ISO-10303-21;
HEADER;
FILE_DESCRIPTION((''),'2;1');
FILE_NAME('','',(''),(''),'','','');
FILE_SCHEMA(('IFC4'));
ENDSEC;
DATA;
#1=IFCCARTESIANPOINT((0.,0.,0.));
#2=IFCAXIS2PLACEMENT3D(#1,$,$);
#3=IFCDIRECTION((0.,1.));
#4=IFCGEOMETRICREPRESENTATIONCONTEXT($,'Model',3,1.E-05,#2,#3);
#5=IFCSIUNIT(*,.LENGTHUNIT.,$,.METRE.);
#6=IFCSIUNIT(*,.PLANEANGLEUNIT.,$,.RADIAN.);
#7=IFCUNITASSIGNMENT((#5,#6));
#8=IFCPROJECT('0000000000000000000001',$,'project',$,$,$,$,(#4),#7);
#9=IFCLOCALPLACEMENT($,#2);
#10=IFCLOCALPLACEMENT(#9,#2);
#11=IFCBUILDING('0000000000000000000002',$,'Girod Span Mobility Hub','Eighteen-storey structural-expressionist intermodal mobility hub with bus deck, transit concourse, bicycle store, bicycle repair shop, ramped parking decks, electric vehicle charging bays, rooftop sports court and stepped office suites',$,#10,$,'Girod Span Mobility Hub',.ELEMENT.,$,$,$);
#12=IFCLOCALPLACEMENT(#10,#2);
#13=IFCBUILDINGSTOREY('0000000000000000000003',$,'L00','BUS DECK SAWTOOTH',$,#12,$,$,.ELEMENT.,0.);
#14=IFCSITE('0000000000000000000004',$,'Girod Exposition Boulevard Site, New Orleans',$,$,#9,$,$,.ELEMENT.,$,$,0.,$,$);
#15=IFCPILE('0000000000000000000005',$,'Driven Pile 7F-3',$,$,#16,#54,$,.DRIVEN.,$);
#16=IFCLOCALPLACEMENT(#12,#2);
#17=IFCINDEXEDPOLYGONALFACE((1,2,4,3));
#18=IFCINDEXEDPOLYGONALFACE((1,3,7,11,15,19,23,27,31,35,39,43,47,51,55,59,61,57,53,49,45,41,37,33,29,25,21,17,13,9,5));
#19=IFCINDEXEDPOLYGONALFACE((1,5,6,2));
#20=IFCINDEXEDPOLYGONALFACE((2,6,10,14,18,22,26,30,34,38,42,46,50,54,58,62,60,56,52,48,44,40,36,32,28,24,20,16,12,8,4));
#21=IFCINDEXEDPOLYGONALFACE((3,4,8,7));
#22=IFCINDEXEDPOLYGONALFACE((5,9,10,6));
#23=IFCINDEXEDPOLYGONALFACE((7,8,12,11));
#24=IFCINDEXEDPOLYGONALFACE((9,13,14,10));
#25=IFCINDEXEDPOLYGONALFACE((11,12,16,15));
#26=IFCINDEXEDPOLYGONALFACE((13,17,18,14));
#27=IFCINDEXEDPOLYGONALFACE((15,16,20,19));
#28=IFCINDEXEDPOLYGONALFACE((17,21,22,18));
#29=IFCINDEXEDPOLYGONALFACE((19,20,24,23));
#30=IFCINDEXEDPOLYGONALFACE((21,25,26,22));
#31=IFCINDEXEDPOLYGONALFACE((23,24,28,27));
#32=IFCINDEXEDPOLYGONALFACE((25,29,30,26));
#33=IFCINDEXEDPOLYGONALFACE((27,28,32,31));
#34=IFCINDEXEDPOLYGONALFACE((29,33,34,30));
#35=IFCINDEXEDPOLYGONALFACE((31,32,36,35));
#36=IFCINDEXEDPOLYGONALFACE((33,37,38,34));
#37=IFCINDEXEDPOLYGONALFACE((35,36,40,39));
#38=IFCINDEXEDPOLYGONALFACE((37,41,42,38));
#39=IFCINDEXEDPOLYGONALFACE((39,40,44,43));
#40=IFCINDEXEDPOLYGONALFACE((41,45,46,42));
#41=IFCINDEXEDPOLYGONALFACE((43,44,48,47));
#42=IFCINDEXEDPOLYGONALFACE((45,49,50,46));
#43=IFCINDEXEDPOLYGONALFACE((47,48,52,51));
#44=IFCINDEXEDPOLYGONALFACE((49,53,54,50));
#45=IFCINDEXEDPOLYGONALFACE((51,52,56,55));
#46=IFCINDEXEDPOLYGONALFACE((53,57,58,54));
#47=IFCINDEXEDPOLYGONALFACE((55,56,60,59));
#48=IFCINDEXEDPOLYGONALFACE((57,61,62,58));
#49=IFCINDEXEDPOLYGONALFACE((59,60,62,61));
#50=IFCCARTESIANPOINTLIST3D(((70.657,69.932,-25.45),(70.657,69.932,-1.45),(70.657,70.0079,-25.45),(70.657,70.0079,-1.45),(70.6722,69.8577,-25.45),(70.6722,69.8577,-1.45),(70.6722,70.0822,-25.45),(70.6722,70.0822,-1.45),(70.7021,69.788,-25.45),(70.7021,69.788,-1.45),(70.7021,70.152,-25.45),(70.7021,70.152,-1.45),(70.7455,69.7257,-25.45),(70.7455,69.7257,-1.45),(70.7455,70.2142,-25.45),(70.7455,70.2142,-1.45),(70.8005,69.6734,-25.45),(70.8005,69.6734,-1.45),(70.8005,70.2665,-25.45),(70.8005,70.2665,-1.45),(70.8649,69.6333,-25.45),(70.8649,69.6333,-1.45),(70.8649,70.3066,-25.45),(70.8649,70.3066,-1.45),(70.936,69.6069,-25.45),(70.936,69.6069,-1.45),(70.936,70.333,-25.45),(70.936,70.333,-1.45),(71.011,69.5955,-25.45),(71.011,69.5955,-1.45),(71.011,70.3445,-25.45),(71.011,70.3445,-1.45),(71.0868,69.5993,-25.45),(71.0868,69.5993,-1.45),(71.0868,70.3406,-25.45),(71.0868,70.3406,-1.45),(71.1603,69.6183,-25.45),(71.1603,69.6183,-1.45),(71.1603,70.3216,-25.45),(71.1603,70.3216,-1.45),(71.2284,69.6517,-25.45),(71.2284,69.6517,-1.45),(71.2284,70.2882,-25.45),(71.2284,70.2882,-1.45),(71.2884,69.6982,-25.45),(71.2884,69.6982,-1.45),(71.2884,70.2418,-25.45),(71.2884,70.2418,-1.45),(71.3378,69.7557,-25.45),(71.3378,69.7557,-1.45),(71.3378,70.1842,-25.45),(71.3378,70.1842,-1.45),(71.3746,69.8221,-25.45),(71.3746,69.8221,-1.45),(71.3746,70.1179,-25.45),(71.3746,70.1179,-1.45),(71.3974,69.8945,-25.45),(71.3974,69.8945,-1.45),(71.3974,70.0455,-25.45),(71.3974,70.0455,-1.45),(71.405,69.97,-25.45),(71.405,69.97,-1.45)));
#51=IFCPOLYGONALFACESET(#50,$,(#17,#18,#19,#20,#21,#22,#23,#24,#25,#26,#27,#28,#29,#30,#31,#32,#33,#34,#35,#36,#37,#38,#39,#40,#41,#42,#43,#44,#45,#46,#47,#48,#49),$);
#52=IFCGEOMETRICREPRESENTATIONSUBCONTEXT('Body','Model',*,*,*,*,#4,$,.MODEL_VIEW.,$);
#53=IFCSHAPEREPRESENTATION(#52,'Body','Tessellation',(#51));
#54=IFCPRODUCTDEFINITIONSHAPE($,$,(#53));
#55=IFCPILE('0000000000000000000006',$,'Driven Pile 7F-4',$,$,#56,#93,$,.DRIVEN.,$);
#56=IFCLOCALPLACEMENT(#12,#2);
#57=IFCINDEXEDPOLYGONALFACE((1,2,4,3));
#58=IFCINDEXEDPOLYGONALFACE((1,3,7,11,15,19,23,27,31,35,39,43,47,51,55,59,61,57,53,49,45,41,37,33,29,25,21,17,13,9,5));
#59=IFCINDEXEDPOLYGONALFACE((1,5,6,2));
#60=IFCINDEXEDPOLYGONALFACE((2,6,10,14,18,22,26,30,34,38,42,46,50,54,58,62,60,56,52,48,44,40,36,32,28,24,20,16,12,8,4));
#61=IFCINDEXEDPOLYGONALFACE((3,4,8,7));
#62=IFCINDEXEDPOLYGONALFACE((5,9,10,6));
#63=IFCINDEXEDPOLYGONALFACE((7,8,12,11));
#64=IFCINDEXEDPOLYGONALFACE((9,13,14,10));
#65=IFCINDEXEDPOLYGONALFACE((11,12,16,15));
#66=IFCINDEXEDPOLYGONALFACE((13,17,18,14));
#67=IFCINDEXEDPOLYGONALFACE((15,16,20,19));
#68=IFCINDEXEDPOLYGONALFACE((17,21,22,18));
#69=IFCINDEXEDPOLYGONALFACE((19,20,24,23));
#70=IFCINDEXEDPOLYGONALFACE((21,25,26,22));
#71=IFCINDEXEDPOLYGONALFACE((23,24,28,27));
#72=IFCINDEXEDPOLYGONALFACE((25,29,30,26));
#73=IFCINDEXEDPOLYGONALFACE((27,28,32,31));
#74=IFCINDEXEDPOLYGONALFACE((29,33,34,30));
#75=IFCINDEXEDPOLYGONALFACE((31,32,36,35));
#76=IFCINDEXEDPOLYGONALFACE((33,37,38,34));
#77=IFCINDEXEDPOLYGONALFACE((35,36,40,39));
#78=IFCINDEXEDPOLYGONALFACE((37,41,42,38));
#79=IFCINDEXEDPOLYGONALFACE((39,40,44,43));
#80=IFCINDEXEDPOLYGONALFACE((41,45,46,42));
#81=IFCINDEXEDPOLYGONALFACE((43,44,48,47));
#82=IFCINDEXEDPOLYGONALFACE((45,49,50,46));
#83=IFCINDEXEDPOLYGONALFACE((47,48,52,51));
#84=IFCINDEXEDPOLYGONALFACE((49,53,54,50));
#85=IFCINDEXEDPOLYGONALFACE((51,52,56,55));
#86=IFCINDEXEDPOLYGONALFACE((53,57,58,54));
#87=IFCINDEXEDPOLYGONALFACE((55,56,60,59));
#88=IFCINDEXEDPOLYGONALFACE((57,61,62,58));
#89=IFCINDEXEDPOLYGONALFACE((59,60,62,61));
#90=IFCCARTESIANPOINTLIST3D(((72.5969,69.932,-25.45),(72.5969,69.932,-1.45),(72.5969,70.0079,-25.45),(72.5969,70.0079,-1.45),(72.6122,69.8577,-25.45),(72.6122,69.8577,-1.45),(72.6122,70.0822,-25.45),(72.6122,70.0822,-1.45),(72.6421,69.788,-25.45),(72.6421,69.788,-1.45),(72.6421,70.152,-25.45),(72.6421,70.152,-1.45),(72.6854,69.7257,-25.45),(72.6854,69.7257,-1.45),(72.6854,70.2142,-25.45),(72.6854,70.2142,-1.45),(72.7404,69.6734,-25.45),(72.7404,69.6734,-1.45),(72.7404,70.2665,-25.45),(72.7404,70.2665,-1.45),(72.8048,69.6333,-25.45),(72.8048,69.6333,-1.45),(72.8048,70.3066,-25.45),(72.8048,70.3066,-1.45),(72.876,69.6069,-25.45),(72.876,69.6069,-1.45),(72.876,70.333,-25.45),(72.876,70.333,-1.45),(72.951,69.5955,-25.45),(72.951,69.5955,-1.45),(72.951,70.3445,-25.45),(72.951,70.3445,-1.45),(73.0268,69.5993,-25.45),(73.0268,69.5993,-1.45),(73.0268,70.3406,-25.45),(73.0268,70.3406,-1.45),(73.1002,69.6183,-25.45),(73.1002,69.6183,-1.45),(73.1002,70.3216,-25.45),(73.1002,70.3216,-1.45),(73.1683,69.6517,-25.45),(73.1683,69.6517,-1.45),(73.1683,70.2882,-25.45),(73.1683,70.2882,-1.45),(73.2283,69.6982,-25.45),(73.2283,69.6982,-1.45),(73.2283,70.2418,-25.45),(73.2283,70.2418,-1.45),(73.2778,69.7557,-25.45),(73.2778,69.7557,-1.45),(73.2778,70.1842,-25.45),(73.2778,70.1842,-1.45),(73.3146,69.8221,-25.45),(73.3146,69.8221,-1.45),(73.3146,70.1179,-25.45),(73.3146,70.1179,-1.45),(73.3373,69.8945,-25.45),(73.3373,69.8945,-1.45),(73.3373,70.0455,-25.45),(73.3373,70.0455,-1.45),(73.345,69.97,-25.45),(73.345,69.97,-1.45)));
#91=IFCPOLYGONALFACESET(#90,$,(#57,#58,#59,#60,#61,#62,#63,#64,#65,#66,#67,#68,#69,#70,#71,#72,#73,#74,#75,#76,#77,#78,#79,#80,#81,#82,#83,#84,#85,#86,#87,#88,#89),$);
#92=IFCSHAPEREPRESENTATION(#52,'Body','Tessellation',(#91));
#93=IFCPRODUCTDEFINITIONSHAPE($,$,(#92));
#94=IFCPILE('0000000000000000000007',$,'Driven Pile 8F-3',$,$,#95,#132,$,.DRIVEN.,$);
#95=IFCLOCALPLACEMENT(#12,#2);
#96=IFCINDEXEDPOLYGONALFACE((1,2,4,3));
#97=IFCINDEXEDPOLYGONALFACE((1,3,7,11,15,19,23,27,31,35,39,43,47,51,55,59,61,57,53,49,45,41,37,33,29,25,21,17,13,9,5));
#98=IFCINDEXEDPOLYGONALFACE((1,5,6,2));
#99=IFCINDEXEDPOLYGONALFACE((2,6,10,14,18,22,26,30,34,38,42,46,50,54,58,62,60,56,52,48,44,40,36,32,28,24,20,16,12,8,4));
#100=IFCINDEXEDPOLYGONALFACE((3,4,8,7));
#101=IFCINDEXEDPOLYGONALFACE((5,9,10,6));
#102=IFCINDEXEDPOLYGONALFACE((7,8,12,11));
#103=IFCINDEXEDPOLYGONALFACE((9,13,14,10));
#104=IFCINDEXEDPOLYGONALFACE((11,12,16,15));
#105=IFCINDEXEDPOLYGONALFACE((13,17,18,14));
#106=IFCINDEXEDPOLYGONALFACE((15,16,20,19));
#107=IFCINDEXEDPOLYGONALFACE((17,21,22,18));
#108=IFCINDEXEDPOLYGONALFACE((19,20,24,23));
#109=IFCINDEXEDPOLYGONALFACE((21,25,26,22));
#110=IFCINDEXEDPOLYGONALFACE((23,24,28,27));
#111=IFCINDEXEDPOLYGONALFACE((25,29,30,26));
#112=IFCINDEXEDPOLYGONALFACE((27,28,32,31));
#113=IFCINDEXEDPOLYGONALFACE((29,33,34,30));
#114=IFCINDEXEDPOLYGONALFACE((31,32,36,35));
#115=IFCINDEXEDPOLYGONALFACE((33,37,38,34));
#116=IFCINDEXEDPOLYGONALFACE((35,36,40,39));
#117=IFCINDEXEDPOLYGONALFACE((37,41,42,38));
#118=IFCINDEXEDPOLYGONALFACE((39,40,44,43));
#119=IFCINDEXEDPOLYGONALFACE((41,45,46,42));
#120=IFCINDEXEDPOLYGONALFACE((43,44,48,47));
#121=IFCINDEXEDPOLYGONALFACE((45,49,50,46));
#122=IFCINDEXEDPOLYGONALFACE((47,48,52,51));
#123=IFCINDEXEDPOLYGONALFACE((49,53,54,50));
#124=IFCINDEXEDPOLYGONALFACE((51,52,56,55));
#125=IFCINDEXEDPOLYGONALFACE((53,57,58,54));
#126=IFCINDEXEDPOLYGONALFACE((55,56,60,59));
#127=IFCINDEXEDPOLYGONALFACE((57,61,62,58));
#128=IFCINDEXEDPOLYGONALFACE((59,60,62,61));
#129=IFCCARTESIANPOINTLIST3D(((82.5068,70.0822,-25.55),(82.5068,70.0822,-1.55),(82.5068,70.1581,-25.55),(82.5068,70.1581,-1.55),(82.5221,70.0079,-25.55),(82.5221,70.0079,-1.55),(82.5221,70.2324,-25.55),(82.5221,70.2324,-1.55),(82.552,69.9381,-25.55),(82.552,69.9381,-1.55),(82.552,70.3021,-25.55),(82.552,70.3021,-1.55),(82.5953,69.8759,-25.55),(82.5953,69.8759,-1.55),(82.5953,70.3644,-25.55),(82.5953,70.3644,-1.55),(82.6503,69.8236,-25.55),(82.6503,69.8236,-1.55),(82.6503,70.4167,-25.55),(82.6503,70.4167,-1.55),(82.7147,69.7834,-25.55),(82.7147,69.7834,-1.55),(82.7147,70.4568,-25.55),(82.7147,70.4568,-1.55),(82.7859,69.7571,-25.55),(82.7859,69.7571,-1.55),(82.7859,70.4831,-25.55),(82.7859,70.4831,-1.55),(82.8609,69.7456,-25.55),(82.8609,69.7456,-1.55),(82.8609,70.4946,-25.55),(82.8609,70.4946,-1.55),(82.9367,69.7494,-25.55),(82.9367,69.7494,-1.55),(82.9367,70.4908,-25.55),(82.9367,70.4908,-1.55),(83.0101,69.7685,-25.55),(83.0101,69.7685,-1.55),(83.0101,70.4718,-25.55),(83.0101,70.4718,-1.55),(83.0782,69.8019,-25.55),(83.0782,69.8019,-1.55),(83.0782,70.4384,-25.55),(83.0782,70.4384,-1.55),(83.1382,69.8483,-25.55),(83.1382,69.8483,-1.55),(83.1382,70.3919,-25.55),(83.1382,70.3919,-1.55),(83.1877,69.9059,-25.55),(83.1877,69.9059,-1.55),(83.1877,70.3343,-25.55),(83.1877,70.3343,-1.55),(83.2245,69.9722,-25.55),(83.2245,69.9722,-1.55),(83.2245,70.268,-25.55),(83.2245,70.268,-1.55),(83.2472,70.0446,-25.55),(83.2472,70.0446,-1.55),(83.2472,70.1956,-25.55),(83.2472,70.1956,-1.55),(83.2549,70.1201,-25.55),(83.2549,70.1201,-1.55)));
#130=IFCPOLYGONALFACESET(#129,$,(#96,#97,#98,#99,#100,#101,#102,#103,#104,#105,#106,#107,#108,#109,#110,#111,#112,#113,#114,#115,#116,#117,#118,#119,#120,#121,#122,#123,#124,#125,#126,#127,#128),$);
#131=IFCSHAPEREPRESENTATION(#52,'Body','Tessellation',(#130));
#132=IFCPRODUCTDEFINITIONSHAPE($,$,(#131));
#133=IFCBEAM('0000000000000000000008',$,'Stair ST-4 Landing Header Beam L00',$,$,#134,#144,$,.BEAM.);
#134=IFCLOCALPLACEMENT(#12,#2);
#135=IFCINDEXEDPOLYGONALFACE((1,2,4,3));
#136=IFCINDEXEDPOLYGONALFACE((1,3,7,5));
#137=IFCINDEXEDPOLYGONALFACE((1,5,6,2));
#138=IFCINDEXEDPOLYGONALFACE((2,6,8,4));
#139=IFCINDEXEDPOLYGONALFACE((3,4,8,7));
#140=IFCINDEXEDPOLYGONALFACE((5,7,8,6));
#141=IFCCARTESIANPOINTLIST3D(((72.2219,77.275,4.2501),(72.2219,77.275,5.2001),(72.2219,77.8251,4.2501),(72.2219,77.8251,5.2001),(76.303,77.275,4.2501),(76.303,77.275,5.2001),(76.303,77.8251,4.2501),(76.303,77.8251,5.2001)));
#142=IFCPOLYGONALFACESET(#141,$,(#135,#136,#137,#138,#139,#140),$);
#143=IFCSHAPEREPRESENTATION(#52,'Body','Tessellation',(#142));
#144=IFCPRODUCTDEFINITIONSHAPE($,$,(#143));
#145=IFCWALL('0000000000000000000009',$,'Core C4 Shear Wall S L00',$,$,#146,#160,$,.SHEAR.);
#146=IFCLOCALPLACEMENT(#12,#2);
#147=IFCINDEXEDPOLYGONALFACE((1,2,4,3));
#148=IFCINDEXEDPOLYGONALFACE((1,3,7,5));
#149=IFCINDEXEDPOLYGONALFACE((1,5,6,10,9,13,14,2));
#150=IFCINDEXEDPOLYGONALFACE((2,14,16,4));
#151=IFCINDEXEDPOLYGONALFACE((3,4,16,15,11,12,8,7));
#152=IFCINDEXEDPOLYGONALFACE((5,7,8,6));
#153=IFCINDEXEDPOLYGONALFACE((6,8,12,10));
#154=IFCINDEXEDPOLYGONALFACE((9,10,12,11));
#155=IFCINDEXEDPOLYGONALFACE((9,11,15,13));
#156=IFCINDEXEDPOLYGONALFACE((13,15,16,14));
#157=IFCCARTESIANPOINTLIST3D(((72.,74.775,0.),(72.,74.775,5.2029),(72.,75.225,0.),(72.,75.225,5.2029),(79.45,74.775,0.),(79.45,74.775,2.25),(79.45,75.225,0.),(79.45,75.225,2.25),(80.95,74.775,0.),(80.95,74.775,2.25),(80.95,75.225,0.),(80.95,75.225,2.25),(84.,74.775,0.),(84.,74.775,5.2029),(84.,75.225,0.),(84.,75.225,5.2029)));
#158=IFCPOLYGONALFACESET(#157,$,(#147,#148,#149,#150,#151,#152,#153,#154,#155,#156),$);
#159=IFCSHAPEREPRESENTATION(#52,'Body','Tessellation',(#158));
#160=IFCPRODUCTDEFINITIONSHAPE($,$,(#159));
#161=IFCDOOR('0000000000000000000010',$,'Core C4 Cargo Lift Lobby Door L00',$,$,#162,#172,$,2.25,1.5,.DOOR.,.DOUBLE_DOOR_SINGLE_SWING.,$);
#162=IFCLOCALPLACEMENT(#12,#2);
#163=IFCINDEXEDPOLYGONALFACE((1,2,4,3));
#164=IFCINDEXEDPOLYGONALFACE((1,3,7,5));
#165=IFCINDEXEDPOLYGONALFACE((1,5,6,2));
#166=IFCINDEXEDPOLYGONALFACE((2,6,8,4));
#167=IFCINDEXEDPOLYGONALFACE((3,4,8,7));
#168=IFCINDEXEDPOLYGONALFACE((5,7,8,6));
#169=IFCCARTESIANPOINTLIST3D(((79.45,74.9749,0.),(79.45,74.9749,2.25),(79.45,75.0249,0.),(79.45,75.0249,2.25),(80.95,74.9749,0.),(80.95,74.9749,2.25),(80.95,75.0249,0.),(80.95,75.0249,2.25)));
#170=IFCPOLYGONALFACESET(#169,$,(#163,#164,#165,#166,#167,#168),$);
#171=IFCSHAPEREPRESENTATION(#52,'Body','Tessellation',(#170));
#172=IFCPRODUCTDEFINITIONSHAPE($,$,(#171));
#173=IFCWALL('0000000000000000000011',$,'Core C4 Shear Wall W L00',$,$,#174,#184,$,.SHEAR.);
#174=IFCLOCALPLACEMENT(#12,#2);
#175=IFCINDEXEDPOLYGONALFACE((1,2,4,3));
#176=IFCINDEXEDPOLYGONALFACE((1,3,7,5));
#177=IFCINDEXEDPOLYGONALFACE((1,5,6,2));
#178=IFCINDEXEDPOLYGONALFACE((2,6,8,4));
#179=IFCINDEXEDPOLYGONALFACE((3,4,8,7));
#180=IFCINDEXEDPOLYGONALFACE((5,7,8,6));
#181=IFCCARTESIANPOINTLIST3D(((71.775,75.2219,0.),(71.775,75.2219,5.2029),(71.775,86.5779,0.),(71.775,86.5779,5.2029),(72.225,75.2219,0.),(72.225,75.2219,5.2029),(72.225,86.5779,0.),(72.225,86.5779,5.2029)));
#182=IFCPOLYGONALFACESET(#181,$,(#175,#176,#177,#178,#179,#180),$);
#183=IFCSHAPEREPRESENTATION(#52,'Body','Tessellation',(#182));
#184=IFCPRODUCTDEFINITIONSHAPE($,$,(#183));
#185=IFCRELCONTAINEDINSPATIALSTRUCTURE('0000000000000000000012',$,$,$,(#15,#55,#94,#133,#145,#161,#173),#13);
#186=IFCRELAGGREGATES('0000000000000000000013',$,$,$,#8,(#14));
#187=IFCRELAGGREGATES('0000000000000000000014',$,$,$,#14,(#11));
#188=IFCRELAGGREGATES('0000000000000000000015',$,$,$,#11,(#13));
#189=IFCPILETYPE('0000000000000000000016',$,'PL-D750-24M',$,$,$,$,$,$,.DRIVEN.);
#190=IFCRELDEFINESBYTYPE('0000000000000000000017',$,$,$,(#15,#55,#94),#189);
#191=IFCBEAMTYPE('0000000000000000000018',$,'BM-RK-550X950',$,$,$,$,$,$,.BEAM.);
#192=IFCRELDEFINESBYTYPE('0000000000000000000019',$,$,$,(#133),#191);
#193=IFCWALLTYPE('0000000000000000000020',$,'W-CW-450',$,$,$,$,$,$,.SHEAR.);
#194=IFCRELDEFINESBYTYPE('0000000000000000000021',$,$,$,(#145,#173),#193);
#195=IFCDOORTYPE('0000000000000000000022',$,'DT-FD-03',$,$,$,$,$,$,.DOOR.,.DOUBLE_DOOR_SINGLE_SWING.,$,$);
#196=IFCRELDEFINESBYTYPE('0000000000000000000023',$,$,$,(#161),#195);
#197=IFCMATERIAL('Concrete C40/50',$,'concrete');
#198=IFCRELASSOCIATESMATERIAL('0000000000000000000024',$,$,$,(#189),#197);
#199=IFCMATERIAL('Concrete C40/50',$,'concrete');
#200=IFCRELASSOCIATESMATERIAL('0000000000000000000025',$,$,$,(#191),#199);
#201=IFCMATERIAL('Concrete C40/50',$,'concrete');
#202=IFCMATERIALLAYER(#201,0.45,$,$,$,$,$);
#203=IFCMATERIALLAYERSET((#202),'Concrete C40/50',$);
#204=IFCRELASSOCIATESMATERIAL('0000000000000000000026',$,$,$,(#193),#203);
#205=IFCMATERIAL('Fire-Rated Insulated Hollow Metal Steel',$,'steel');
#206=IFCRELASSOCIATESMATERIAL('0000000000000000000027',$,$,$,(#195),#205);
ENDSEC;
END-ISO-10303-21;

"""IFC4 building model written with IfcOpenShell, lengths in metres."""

from ifc_helpers import new_model, si_unit, direction, frame, frame_2d, origin, origin_2d, place, context, subcontext, project, spatial, rectangle, circle, extrude, material, layer, layer_set, material_profile, profile_set, type_object, element, fill, save


model = new_model("IFC4")

# Units and contexts
model_context = context("Model", 3, precision=1e-05, world=origin(), true_north=direction((0.0, 1.0)))
body_context = subcontext(model_context, "Body", "Model", "MODEL_VIEW")
ifc_project = project(units=[si_unit("LENGTHUNIT", "METRE"), si_unit("PLANEANGLEUNIT", "RADIAN")], contexts=[model_context])

# Site, building, storey
site_placement = place(None, origin())
site = spatial("IfcSite", under=ifc_project, at=site_placement, Name="Girod Exposition Boulevard Site, New Orleans", CompositionType="ELEMENT", RefElevation=0.0)
building_placement = place(site_placement, origin())
building = spatial("IfcBuilding", under=site, at=building_placement, Name="Girod Span Mobility Hub", Description="Eighteen-storey structural-expressionist intermodal mobility hub with bus deck, transit concourse, bicycle store, bicycle repair shop, ramped parking decks, electric vehicle charging bays, rooftop sports court and stepped office suites", LongName="Girod Span Mobility Hub", CompositionType="ELEMENT")
storey_placement = place(building_placement, origin())
storey = spatial("IfcBuildingStorey", under=building, at=storey_placement, Name="L00", Description="BUS DECK SAWTOOTH", CompositionType="ELEMENT", Elevation=0.0)

# Piles
ifc_material_1 = material(Name="Concrete C40/50", Category="concrete")
ifc_material_profile_1 = material_profile(ifc_material_1, circle(Radius=0.375, at=origin_2d()), Name="PILE-D750")
ifc_profile_set_1 = profile_set([ifc_material_profile_1], Name="Concrete C40/50")
pile_type_1 = type_object("IfcPileType", Name="PL-D750-24M", PredefinedType="DRIVEN", material=ifc_profile_set_1)
for number, where, z_axis, x_axis, name in (
    (1, (71.03, 69.97, -1.45), (0.0, 0.0, -1.0), (1.0, 0.0, 0.0), "Driven Pile 7F-3"),
    (2, (72.97, 69.97, -1.45), (0.0, 0.0, -1.0), (1.0, 0.0, 0.0), "Driven Pile 7F-4"),
    (3, (82.8799, 70.1201, -1.55), (0.0, 0.0, -1.0), (1.0, 0.0, 0.0), "Driven Pile 8F-3"),
):
    element("IfcPile", number, at=place(storey_placement, frame(where, z_axis=z_axis, x_axis=x_axis)), inside=storey, type_object=pile_type_1, Name=name, PredefinedType="DRIVEN", context=body_context, shape_type="SweptSolid", body=[
        extrude(circle(Radius=0.375, at=origin_2d()), origin(), (0.0, 0.0, 1.0), 24.0),
    ])

# Beam
ifc_material_2 = material(Name="Concrete C40/50", Category="concrete")
ifc_material_profile_2 = material_profile(ifc_material_2, rectangle(XDim=0.55, YDim=0.95, at=origin_2d()), Name="RK-550X950")
ifc_profile_set_2 = profile_set([ifc_material_profile_2], Name="Concrete C40/50")
beam_type = type_object("IfcBeamType", Name="BM-RK-550X950", PredefinedType="BEAM", material=ifc_profile_set_2)
beam_placement = place(storey_placement, frame((72.2219, 77.55, 4.7251), z_axis=(1.0, 0.0, 0.0), x_axis=(0.0, 1.0, 0.0)))
element("IfcBeam", 4, at=beam_placement, inside=storey, type_object=beam_type, Name="Stair ST-4 Landing Header Beam L00", PredefinedType="BEAM", context=body_context, shape_type="SweptSolid", body=[
    extrude(rectangle(XDim=0.55, YDim=0.95, at=origin_2d()), origin(), (0.0, 0.0, 1.0), 4.0811),
])

# Wall, opening, door
ifc_material_3 = material(Name="Concrete C40/50", Category="concrete")
ifc_layer_1 = layer(ifc_material_3, 0.45)
ifc_layer_set_1 = layer_set([ifc_layer_1], Name="Concrete C40/50")
wall_type_1 = type_object("IfcWallType", Name="W-CW-450", PredefinedType="SHEAR", material=ifc_layer_set_1)
wall_1_placement = place(storey_placement, frame((72.0, 75.0, 0.0), z_axis=(0.0, 0.0, 1.0), x_axis=(1.0, 0.0, 0.0)))
wall_1 = element("IfcWall", 5, at=wall_1_placement, inside=storey, type_object=wall_type_1, Name="Core C4 Shear Wall S L00", PredefinedType="SHEAR", context=body_context, shape_type="SweptSolid", body=[
    extrude(rectangle(XDim=12.0, YDim=0.45, at=frame_2d((6.0, 0.0))), origin(), (0.0, 0.0, 1.0), 5.2029),
])
opening_1_placement = place(wall_1_placement, frame((7.45, 0.0, 0.0)))
opening_1 = element("IfcOpeningElement", 6, at=opening_1_placement, cuts=wall_1, PredefinedType="OPENING", context=body_context, shape_type="SweptSolid", body=[
    extrude(rectangle(XDim=1.5, YDim=2.25, at=frame_2d((0.75, 1.125))), frame((0.0, 0.24, 0.0), z_axis=(0.0, -1.0, 0.0), x_axis=(1.0, 0.0, 0.0)), (0.0, 0.0, 1.0), 0.48),
])
ifc_material_4 = material(Name="Fire-Rated Insulated Hollow Metal Steel", Category="steel")
door_type_1 = type_object("IfcDoorType", Name="DT-FD-03", OperationType="DOUBLE_DOOR_SINGLE_SWING", PredefinedType="DOOR", material=ifc_material_4)
door_1_placement = place(opening_1_placement, origin())
door_1 = element("IfcDoor", 7, at=door_1_placement, inside=storey, type_object=door_type_1, Name="Core C4 Cargo Lift Lobby Door L00", OperationType="DOUBLE_DOOR_SINGLE_SWING", OverallHeight=2.25, OverallWidth=1.5, PredefinedType="DOOR", context=body_context, shape_type="SweptSolid", body=[
    extrude(rectangle(XDim=1.5, YDim=2.25, at=frame_2d((0.75, 1.125))), frame((0.0, 0.0249, 0.0), z_axis=(0.0, -1.0, 0.0), x_axis=(1.0, 0.0, 0.0)), (0.0, 0.0, 1.0), 0.05),
])
fill(opening_1, door_1)

# Wall
wall_2_placement = place(storey_placement, frame((72.0, 75.2219, 0.0), z_axis=(0.0, 0.0, 1.0), x_axis=(0.0, 1.0, 0.0)))
element("IfcWall", 8, at=wall_2_placement, inside=storey, type_object=wall_type_1, Name="Core C4 Shear Wall W L00", PredefinedType="SHEAR", context=body_context, shape_type="SweptSolid", body=[
    extrude(rectangle(XDim=11.356, YDim=0.45, at=frame_2d((5.678, 0.0))), origin(), (0.0, 0.0, 1.0), 5.2029),
])

save(model, "model.ifc")
